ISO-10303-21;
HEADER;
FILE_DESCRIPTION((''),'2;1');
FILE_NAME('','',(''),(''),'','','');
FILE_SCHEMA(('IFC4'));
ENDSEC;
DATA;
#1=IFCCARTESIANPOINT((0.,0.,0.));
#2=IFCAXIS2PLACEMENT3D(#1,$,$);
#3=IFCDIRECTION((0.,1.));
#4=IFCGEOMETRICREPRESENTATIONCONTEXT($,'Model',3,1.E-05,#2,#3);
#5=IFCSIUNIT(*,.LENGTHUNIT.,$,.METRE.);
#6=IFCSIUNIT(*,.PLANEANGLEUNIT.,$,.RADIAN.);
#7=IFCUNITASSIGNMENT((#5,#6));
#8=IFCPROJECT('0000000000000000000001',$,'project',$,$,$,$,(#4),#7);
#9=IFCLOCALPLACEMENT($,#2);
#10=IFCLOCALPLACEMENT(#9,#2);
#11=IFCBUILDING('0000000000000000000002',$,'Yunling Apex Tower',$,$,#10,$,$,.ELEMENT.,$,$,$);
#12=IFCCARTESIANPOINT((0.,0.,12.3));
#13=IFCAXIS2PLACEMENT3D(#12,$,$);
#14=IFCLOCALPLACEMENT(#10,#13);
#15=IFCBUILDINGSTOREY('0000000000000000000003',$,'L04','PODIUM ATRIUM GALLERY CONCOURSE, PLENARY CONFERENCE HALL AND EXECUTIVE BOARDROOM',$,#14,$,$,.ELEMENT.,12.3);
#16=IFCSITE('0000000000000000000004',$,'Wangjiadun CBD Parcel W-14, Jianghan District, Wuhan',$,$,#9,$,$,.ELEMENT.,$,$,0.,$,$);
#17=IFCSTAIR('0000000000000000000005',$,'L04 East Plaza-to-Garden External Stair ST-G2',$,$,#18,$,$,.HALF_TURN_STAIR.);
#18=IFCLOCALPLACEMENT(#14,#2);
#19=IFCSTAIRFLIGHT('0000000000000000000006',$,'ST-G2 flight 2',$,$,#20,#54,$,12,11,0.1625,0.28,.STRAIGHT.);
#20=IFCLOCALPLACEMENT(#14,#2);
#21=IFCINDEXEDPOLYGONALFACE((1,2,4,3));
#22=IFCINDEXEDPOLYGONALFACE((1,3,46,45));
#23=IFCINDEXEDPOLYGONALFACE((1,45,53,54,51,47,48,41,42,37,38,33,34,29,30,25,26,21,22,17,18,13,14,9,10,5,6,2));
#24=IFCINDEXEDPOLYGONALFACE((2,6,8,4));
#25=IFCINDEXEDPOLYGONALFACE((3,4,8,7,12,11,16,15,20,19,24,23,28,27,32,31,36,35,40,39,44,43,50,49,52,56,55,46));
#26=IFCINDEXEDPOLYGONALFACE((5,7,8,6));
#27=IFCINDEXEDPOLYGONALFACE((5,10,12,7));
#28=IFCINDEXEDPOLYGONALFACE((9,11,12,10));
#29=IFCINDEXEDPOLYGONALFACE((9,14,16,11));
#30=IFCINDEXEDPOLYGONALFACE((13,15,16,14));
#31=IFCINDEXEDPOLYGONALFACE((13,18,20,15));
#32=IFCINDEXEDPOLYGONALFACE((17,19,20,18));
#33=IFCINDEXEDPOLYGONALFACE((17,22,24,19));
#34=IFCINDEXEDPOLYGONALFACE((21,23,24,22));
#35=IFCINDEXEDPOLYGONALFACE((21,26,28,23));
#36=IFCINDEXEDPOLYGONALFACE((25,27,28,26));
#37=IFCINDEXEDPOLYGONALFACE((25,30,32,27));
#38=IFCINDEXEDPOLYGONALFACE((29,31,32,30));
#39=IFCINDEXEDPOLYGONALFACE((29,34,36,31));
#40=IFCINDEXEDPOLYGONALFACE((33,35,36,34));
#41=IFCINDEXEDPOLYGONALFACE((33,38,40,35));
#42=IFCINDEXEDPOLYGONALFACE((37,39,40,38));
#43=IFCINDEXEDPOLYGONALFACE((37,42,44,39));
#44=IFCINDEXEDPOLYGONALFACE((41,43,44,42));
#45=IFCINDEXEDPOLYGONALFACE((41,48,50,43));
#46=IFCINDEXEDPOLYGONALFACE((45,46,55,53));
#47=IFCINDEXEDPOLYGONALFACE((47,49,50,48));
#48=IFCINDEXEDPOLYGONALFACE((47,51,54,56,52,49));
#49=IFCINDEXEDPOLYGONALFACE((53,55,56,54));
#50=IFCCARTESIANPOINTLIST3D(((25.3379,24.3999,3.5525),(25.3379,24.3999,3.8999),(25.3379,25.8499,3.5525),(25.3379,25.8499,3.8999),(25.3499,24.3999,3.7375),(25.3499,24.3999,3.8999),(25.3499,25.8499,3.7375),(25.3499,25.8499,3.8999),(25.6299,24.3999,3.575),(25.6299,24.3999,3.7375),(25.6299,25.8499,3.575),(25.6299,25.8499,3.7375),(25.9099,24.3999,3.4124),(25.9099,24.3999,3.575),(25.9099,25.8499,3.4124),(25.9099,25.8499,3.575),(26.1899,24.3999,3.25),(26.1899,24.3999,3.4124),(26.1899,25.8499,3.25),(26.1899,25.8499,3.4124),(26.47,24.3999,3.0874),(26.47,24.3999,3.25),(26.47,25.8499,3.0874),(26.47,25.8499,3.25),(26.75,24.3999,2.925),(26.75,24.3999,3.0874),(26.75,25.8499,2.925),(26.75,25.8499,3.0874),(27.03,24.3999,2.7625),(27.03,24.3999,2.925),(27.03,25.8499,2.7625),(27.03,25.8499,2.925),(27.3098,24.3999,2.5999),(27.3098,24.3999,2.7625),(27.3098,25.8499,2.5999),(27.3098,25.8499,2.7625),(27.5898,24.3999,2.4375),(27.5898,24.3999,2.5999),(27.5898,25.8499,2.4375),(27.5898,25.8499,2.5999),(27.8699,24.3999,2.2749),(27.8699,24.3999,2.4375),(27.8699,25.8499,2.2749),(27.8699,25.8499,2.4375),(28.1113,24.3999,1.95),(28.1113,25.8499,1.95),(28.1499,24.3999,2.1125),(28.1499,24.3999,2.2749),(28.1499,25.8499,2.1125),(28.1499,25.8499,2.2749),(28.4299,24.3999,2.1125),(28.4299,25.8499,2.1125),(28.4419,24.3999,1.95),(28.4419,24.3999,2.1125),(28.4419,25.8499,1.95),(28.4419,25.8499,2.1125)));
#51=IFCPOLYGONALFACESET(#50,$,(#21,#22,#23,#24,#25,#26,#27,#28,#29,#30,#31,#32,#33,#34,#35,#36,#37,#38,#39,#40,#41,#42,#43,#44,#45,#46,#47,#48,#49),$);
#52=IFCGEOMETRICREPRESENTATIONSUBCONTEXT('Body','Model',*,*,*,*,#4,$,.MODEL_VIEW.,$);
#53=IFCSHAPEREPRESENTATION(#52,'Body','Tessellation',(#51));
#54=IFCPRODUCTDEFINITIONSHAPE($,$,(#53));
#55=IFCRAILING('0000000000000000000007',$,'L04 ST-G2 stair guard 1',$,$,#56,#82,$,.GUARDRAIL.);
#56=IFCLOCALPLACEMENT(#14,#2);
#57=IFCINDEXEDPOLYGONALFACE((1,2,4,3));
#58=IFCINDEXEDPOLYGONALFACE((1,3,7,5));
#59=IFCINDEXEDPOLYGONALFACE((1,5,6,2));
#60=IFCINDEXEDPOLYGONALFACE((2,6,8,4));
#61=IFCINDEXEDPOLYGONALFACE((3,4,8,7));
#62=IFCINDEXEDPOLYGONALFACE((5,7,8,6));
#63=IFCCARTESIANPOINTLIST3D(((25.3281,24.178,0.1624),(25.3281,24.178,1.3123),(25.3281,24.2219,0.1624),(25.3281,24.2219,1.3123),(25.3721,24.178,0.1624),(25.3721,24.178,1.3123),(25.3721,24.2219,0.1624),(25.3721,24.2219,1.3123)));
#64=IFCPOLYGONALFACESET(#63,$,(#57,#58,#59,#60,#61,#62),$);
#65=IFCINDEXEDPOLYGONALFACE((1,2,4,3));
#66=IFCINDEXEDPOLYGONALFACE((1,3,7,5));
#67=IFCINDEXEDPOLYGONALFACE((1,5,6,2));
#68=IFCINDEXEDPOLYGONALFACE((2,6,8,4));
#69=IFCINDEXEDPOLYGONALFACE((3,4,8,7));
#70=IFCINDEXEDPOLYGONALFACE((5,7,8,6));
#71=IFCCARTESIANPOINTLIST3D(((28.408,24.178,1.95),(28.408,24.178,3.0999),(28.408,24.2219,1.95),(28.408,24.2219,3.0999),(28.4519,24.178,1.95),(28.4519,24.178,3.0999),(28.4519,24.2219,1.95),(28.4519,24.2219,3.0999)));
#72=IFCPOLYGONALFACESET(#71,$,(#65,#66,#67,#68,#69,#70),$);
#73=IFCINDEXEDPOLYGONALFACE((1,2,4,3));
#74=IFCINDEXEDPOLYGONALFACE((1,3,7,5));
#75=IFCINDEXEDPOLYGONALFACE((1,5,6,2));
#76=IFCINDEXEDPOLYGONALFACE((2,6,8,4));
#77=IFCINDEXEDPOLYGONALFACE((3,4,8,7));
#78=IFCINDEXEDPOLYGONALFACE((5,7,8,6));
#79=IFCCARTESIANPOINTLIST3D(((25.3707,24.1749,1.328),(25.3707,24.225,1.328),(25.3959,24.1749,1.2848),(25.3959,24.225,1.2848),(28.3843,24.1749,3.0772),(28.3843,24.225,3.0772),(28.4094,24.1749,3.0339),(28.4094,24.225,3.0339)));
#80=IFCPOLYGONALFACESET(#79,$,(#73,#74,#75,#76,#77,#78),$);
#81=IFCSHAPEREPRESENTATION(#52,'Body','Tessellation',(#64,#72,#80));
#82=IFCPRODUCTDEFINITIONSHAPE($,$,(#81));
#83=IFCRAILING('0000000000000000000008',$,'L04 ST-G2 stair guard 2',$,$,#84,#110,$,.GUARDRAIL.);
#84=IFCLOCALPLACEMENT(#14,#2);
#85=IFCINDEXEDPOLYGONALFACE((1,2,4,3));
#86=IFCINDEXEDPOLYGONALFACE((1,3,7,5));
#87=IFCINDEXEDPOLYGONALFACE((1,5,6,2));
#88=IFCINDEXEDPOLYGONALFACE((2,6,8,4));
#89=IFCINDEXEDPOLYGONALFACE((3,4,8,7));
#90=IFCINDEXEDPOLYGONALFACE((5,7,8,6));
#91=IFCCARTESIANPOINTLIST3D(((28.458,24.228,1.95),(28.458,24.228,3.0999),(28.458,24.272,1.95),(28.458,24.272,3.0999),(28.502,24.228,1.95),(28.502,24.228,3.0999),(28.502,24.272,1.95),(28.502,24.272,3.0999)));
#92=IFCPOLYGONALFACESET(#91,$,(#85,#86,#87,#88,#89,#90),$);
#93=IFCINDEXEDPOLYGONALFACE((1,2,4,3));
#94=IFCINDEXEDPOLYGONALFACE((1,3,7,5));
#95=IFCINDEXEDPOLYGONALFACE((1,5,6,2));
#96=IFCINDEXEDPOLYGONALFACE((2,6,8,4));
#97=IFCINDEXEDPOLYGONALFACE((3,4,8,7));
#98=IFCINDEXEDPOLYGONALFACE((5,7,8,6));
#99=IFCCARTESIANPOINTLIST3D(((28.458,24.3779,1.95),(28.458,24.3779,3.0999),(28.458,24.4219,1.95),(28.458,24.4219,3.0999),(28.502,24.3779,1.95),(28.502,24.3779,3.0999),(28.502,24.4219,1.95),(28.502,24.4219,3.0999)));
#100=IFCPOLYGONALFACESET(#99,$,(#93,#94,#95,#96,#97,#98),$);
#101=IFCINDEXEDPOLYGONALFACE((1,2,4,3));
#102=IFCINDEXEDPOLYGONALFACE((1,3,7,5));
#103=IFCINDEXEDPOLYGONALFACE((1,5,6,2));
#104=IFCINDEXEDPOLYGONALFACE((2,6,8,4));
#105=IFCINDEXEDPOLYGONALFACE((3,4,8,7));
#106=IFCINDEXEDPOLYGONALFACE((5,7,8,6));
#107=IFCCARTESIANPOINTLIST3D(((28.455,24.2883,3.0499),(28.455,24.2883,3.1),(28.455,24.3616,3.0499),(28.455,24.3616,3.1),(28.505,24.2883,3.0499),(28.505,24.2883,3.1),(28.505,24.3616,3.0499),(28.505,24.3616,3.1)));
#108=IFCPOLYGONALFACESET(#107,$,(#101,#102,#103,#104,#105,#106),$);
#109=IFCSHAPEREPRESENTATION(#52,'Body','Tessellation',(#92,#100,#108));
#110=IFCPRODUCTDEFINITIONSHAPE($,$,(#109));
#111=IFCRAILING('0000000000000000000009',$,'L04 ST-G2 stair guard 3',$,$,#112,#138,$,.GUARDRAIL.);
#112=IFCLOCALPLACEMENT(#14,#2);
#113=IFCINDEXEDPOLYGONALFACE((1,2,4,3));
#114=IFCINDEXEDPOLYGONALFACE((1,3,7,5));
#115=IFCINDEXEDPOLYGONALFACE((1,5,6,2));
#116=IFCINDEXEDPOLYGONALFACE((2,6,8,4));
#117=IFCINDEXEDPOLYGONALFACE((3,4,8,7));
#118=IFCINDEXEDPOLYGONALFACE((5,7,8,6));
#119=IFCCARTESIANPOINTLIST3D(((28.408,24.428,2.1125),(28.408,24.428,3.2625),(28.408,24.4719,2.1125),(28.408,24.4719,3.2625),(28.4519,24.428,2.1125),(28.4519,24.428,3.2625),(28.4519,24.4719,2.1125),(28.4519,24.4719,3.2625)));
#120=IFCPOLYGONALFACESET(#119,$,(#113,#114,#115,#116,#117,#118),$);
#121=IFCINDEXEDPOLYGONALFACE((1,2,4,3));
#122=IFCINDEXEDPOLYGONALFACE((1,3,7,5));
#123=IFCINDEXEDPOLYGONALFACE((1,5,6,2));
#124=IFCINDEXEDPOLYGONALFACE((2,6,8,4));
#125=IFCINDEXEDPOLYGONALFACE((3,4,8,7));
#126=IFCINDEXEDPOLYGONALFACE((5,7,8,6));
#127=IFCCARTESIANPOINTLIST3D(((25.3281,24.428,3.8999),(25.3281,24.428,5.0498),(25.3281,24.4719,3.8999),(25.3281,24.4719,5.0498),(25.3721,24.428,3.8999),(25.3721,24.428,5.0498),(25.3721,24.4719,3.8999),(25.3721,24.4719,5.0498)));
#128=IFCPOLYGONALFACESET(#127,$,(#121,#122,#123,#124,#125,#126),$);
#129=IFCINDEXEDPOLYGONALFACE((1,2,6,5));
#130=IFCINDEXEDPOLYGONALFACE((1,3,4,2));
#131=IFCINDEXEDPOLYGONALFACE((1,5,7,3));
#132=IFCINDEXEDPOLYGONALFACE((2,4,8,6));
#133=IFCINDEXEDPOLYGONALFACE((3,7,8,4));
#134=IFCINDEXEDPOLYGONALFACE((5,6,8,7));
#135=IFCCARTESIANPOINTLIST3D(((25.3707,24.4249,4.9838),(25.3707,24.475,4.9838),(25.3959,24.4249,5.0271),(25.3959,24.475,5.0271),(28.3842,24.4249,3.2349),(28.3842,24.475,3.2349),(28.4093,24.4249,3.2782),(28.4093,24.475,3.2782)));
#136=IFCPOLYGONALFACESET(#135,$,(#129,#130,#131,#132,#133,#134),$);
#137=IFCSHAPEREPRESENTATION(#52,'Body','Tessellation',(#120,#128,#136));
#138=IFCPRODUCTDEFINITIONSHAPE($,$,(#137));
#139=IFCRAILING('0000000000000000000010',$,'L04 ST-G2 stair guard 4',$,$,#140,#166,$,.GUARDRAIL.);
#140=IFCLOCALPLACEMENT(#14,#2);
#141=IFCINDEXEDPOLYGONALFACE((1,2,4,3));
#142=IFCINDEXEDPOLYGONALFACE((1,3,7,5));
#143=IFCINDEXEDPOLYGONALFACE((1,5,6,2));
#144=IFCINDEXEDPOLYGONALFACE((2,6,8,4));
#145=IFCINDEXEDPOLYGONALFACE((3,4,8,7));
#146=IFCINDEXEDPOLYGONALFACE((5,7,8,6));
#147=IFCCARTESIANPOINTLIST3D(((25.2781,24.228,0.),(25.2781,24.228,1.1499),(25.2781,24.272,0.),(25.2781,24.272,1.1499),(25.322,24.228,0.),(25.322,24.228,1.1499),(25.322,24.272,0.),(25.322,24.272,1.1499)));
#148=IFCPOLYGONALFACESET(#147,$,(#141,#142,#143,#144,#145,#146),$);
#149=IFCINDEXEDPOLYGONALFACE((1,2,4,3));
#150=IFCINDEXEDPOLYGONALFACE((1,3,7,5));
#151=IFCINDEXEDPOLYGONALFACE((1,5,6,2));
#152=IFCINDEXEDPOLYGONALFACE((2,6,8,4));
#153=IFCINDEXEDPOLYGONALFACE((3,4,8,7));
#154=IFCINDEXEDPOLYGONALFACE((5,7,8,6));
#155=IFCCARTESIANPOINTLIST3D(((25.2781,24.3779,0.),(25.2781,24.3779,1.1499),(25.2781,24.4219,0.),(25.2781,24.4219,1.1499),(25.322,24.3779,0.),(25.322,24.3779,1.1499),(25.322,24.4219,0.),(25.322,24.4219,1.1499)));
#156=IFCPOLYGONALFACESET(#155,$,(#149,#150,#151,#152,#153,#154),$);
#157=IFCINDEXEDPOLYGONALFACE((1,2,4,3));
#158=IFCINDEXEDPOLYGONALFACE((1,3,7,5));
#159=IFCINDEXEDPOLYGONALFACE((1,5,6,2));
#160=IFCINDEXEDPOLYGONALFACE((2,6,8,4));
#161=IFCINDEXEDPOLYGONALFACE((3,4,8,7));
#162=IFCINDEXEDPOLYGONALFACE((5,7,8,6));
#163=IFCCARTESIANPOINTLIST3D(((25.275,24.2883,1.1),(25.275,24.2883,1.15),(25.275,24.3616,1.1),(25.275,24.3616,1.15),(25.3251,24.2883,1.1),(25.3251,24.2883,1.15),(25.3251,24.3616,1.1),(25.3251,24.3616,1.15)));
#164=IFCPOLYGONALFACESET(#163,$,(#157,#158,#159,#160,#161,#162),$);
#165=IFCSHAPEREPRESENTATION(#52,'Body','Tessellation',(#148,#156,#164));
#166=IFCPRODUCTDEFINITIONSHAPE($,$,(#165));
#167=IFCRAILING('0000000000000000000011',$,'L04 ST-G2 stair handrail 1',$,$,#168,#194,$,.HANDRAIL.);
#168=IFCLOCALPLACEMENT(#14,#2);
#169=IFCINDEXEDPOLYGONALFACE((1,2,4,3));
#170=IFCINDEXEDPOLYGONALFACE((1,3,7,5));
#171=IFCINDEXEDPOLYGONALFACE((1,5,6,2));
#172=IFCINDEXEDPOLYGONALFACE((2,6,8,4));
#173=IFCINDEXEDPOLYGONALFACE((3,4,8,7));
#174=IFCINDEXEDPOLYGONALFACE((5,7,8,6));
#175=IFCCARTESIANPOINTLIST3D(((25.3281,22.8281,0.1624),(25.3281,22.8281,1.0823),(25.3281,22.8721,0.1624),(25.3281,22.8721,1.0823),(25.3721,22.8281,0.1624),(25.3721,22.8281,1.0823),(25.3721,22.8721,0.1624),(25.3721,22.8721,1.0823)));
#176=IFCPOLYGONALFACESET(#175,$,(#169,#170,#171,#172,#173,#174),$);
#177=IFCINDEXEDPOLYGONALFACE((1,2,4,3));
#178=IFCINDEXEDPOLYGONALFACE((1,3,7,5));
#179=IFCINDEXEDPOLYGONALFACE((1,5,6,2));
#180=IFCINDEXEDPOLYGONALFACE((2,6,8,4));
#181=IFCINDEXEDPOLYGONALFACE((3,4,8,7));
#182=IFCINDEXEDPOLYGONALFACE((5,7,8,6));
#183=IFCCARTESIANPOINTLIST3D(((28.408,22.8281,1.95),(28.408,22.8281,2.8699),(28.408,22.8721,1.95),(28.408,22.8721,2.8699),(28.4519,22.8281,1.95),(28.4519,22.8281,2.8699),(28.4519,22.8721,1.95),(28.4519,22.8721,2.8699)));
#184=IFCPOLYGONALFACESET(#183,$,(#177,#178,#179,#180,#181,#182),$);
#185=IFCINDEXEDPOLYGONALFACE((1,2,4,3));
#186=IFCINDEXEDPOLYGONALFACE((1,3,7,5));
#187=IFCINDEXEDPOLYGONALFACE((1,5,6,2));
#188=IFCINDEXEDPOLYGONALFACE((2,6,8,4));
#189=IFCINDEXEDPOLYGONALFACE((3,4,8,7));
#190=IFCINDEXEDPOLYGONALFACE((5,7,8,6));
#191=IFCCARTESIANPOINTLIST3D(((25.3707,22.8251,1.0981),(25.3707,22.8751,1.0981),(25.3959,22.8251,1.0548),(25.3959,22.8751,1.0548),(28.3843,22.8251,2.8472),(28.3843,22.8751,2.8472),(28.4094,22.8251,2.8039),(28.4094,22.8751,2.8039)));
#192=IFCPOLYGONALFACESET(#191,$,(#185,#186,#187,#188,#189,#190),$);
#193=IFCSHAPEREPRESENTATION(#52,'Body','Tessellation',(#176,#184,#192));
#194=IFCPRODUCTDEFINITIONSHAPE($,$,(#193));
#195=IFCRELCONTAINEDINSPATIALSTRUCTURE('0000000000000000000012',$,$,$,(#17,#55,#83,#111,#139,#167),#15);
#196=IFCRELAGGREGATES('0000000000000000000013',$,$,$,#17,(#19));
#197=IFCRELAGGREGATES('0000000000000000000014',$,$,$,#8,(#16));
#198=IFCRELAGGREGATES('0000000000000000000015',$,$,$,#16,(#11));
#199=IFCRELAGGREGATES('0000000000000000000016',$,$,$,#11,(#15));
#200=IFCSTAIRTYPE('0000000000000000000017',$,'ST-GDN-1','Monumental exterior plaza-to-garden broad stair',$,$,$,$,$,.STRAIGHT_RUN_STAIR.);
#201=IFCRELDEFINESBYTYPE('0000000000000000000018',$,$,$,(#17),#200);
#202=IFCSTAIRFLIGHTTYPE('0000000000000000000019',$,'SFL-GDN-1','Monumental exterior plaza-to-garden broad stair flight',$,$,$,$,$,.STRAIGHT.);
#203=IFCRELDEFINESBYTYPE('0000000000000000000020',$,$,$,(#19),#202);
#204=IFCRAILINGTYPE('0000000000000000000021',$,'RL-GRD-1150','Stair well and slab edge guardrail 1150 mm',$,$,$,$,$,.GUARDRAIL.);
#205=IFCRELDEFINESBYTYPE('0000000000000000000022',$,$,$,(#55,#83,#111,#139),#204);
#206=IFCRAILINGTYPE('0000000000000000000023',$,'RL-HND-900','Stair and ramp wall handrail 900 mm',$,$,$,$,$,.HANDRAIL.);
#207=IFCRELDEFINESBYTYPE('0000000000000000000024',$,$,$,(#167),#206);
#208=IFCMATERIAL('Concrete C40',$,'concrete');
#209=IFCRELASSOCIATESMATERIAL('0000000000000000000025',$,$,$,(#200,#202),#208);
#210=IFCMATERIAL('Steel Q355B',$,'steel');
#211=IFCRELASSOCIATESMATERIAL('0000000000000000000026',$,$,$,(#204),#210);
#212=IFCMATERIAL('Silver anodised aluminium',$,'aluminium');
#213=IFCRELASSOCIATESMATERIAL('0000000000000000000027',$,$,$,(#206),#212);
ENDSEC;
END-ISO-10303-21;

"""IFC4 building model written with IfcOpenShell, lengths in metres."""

from ifc_helpers import new_model, si_unit, direction, frame, origin, origin_2d, place, context, subcontext, project, spatial, polyline, rectangle, outline, extrude, material, type_object, element, aggregate, save


model = new_model("IFC4")

# Units and contexts
model_context = context("Model", 3, precision=1e-05, world=origin(), true_north=direction((0.0, 1.0)))
body_context = subcontext(model_context, "Body", "Model", "MODEL_VIEW")
ifc_project = project(units=[si_unit("LENGTHUNIT", "METRE"), si_unit("PLANEANGLEUNIT", "RADIAN")], contexts=[model_context])

# Site, building, storey
site_placement = place(None, origin())
site = spatial("IfcSite", under=ifc_project, at=site_placement, Name="Wangjiadun CBD Parcel W-14, Jianghan District, Wuhan", CompositionType="ELEMENT", RefElevation=0.0)
building_placement = place(site_placement, origin())
building = spatial("IfcBuilding", under=site, at=building_placement, Name="Yunling Apex Tower", CompositionType="ELEMENT")
storey_placement = place(building_placement, frame((0.0, 0.0, 12.3)))
storey = spatial("IfcBuildingStorey", under=building, at=storey_placement, Name="L04", Description="PODIUM ATRIUM GALLERY CONCOURSE, PLENARY CONFERENCE HALL AND EXECUTIVE BOARDROOM", CompositionType="ELEMENT", Elevation=12.3)

# Shared definitions
ifc_material_1 = material(Name="Steel Q355B", Category="steel")

# Shared definitions
ifc_material_2 = material(Name="Concrete C40", Category="concrete")

# Stair, stair flight
stair_type = type_object("IfcStairType", Name="ST-GDN-1", Description="Monumental exterior plaza-to-garden broad stair", PredefinedType="STRAIGHT_RUN_STAIR", material=ifc_material_2)
stair_placement = place(storey_placement, origin())
stair = element("IfcStair", 1, at=stair_placement, inside=storey, type_object=stair_type, Name="L04 East Plaza-to-Garden External Stair ST-G2", PredefinedType="HALF_TURN_STAIR")
stair_flight_type = type_object("IfcStairFlightType", Name="SFL-GDN-1", Description="Monumental exterior plaza-to-garden broad stair flight", PredefinedType="STRAIGHT", material=ifc_material_2)
stair_flight_1_placement = place(storey_placement, frame((28.4299, 25.125, 1.95), z_axis=(0.0, 0.0, 1.0), x_axis=(-1.0, 0.0, 0.0)))
stair_flight_1 = element("IfcStairFlight", 2, at=stair_flight_1_placement, type_object=stair_flight_type, Name="ST-G2 flight 2", NumberOfRisers=12, NumberOfTreads=11, PredefinedType="STRAIGHT", RiserHeight=0.1625, TreadLength=0.28, context=body_context, shape_type="SweptSolid", body=[
    extrude(outline(polyline([(-0.012, 0.0), (-0.012, 0.1626), (0.0, 0.1626), (0.28, 0.1626), (0.28, 0.325), (0.5601, 0.325), (0.5601, 0.4875), (0.8401, 0.4875), (0.8401, 0.6499), (1.1201, 0.6499), (1.1201, 0.8125), (1.3999, 0.8125), (1.3999, 0.9751), (1.6799, 0.9751), (1.6799, 1.1375), (1.96, 1.1375), (1.96, 1.3), (2.24, 1.3), (2.24, 1.4624), (2.52, 1.4624), (2.52, 1.625), (2.8, 1.625), (2.8, 1.7876), (3.0801, 1.7876), (3.0801, 1.95), (3.092, 1.95), (3.092, 1.6025), (0.3186, 0.0), (-0.012, 0.0)])), frame((0.0, 0.7251, 0.0), z_axis=(0.0, -1.0, 0.0), x_axis=(1.0, 0.0, 0.0)), (0.0, 0.0, 1.0), 1.45),
])
aggregate(stair, [stair_flight_1])

# Railings
railing_type_1 = type_object("IfcRailingType", Name="RL-GRD-1150", Description="Stair well and slab edge guardrail 1150 mm", PredefinedType="GUARDRAIL", material=ifc_material_1)
railing_1_placement = place(storey_placement, frame((25.3501, 24.2, 0.1624)))
element("IfcRailing", 3, at=railing_1_placement, inside=storey, type_object=railing_type_1, Name="L04 ST-G2 stair guard 1", PredefinedType="GUARDRAIL", context=body_context, shape_type="SweptSolid", body=[
    extrude(rectangle(XDim=0.0439, YDim=0.0439, at=origin_2d()), origin(), (0.0, 0.0, 1.0), 1.1499),
    extrude(rectangle(XDim=0.0439, YDim=0.0439, at=origin_2d()), frame((3.0798, 0.0, 1.7876)), (0.0, 0.0, 1.0), 1.1499),
    extrude(rectangle(XDim=0.05, YDim=0.05, at=origin_2d()), frame((0.0332, 0.0, 1.144), z_axis=(0.864873, 0.0, 0.50199), x_axis=(0.0, 1.0, 0.0)), (0.0, 0.0, 1.0), 3.4844),
])
railing_2_placement = place(storey_placement, frame((28.48, 24.25, 1.95)))
element("IfcRailing", 4, at=railing_2_placement, inside=storey, type_object=railing_type_1, Name="L04 ST-G2 stair guard 2", PredefinedType="GUARDRAIL", context=body_context, shape_type="SweptSolid", body=[
    extrude(rectangle(XDim=0.0439, YDim=0.0439, at=origin_2d()), origin(), (0.0, 0.0, 1.0), 1.1499),
    extrude(rectangle(XDim=0.0439, YDim=0.0439, at=origin_2d()), frame((0.0, 0.1499, 0.0)), (0.0, 0.0, 1.0), 1.1499),
    extrude(rectangle(XDim=0.05, YDim=0.05, at=origin_2d()), frame((0.0, 0.0383, 1.125), z_axis=(0.0, 1.0, 0.0), x_axis=(-1.0, 0.0, 0.0)), (0.0, 0.0, 1.0), 0.0732),
])
railing_3_placement = place(storey_placement, frame((28.4299, 24.45, 2.1125)))
element("IfcRailing", 5, at=railing_3_placement, inside=storey, type_object=railing_type_1, Name="L04 ST-G2 stair guard 3", PredefinedType="GUARDRAIL", context=body_context, shape_type="SweptSolid", body=[
    extrude(rectangle(XDim=0.0439, YDim=0.0439, at=origin_2d()), origin(), (0.0, 0.0, 1.0), 1.1499),
    extrude(rectangle(XDim=0.0439, YDim=0.0439, at=origin_2d()), frame((-3.0798, 0.0, 1.7874)), (0.0, 0.0, 1.0), 1.1499),
    extrude(rectangle(XDim=0.05, YDim=0.05, at=origin_2d()), frame((-0.0332, 0.0, 1.144), z_axis=(-0.864903, 0.0, 0.501939), x_axis=(0.0, -1.0, 0.0)), (0.0, 0.0, 1.0), 3.4841),
])
railing_4_placement = place(storey_placement, frame((25.3, 24.25, 0.0)))
element("IfcRailing", 6, at=railing_4_placement, inside=storey, type_object=railing_type_1, Name="L04 ST-G2 stair guard 4", PredefinedType="GUARDRAIL", context=body_context, shape_type="SweptSolid", body=[
    extrude(rectangle(XDim=0.0439, YDim=0.0439, at=origin_2d()), origin(), (0.0, 0.0, 1.0), 1.1499),
    extrude(rectangle(XDim=0.0439, YDim=0.0439, at=origin_2d()), frame((0.0, 0.1499, 0.0)), (0.0, 0.0, 1.0), 1.1499),
    extrude(rectangle(XDim=0.05, YDim=0.05, at=origin_2d()), frame((0.0, 0.0383, 1.125), z_axis=(0.0, 1.0, 0.0), x_axis=(-1.0, 0.0, 0.0)), (0.0, 0.0, 1.0), 0.0732),
])
ifc_material_3 = material(Name="Silver anodised aluminium", Category="aluminium")
railing_type_2 = type_object("IfcRailingType", Name="RL-HND-900", Description="Stair and ramp wall handrail 900 mm", PredefinedType="HANDRAIL", material=ifc_material_3)
railing_5_placement = place(storey_placement, frame((25.3501, 22.8501, 0.1624)))
element("IfcRailing", 7, at=railing_5_placement, inside=storey, type_object=railing_type_2, Name="L04 ST-G2 stair handrail 1", PredefinedType="HANDRAIL", context=body_context, shape_type="SweptSolid", body=[
    extrude(rectangle(XDim=0.0439, YDim=0.0439, at=origin_2d()), origin(), (0.0, 0.0, 1.0), 0.9199),
    extrude(rectangle(XDim=0.0439, YDim=0.0439, at=origin_2d()), frame((3.0798, 0.0, 1.7876)), (0.0, 0.0, 1.0), 0.9199),
    extrude(rectangle(XDim=0.05, YDim=0.05, at=origin_2d()), frame((0.0332, 0.0, 0.9141), z_axis=(0.864873, 0.0, 0.50199), x_axis=(0.0, 1.0, 0.0)), (0.0, 0.0, 1.0), 3.4844),
])

save(model, "model.ifc")
